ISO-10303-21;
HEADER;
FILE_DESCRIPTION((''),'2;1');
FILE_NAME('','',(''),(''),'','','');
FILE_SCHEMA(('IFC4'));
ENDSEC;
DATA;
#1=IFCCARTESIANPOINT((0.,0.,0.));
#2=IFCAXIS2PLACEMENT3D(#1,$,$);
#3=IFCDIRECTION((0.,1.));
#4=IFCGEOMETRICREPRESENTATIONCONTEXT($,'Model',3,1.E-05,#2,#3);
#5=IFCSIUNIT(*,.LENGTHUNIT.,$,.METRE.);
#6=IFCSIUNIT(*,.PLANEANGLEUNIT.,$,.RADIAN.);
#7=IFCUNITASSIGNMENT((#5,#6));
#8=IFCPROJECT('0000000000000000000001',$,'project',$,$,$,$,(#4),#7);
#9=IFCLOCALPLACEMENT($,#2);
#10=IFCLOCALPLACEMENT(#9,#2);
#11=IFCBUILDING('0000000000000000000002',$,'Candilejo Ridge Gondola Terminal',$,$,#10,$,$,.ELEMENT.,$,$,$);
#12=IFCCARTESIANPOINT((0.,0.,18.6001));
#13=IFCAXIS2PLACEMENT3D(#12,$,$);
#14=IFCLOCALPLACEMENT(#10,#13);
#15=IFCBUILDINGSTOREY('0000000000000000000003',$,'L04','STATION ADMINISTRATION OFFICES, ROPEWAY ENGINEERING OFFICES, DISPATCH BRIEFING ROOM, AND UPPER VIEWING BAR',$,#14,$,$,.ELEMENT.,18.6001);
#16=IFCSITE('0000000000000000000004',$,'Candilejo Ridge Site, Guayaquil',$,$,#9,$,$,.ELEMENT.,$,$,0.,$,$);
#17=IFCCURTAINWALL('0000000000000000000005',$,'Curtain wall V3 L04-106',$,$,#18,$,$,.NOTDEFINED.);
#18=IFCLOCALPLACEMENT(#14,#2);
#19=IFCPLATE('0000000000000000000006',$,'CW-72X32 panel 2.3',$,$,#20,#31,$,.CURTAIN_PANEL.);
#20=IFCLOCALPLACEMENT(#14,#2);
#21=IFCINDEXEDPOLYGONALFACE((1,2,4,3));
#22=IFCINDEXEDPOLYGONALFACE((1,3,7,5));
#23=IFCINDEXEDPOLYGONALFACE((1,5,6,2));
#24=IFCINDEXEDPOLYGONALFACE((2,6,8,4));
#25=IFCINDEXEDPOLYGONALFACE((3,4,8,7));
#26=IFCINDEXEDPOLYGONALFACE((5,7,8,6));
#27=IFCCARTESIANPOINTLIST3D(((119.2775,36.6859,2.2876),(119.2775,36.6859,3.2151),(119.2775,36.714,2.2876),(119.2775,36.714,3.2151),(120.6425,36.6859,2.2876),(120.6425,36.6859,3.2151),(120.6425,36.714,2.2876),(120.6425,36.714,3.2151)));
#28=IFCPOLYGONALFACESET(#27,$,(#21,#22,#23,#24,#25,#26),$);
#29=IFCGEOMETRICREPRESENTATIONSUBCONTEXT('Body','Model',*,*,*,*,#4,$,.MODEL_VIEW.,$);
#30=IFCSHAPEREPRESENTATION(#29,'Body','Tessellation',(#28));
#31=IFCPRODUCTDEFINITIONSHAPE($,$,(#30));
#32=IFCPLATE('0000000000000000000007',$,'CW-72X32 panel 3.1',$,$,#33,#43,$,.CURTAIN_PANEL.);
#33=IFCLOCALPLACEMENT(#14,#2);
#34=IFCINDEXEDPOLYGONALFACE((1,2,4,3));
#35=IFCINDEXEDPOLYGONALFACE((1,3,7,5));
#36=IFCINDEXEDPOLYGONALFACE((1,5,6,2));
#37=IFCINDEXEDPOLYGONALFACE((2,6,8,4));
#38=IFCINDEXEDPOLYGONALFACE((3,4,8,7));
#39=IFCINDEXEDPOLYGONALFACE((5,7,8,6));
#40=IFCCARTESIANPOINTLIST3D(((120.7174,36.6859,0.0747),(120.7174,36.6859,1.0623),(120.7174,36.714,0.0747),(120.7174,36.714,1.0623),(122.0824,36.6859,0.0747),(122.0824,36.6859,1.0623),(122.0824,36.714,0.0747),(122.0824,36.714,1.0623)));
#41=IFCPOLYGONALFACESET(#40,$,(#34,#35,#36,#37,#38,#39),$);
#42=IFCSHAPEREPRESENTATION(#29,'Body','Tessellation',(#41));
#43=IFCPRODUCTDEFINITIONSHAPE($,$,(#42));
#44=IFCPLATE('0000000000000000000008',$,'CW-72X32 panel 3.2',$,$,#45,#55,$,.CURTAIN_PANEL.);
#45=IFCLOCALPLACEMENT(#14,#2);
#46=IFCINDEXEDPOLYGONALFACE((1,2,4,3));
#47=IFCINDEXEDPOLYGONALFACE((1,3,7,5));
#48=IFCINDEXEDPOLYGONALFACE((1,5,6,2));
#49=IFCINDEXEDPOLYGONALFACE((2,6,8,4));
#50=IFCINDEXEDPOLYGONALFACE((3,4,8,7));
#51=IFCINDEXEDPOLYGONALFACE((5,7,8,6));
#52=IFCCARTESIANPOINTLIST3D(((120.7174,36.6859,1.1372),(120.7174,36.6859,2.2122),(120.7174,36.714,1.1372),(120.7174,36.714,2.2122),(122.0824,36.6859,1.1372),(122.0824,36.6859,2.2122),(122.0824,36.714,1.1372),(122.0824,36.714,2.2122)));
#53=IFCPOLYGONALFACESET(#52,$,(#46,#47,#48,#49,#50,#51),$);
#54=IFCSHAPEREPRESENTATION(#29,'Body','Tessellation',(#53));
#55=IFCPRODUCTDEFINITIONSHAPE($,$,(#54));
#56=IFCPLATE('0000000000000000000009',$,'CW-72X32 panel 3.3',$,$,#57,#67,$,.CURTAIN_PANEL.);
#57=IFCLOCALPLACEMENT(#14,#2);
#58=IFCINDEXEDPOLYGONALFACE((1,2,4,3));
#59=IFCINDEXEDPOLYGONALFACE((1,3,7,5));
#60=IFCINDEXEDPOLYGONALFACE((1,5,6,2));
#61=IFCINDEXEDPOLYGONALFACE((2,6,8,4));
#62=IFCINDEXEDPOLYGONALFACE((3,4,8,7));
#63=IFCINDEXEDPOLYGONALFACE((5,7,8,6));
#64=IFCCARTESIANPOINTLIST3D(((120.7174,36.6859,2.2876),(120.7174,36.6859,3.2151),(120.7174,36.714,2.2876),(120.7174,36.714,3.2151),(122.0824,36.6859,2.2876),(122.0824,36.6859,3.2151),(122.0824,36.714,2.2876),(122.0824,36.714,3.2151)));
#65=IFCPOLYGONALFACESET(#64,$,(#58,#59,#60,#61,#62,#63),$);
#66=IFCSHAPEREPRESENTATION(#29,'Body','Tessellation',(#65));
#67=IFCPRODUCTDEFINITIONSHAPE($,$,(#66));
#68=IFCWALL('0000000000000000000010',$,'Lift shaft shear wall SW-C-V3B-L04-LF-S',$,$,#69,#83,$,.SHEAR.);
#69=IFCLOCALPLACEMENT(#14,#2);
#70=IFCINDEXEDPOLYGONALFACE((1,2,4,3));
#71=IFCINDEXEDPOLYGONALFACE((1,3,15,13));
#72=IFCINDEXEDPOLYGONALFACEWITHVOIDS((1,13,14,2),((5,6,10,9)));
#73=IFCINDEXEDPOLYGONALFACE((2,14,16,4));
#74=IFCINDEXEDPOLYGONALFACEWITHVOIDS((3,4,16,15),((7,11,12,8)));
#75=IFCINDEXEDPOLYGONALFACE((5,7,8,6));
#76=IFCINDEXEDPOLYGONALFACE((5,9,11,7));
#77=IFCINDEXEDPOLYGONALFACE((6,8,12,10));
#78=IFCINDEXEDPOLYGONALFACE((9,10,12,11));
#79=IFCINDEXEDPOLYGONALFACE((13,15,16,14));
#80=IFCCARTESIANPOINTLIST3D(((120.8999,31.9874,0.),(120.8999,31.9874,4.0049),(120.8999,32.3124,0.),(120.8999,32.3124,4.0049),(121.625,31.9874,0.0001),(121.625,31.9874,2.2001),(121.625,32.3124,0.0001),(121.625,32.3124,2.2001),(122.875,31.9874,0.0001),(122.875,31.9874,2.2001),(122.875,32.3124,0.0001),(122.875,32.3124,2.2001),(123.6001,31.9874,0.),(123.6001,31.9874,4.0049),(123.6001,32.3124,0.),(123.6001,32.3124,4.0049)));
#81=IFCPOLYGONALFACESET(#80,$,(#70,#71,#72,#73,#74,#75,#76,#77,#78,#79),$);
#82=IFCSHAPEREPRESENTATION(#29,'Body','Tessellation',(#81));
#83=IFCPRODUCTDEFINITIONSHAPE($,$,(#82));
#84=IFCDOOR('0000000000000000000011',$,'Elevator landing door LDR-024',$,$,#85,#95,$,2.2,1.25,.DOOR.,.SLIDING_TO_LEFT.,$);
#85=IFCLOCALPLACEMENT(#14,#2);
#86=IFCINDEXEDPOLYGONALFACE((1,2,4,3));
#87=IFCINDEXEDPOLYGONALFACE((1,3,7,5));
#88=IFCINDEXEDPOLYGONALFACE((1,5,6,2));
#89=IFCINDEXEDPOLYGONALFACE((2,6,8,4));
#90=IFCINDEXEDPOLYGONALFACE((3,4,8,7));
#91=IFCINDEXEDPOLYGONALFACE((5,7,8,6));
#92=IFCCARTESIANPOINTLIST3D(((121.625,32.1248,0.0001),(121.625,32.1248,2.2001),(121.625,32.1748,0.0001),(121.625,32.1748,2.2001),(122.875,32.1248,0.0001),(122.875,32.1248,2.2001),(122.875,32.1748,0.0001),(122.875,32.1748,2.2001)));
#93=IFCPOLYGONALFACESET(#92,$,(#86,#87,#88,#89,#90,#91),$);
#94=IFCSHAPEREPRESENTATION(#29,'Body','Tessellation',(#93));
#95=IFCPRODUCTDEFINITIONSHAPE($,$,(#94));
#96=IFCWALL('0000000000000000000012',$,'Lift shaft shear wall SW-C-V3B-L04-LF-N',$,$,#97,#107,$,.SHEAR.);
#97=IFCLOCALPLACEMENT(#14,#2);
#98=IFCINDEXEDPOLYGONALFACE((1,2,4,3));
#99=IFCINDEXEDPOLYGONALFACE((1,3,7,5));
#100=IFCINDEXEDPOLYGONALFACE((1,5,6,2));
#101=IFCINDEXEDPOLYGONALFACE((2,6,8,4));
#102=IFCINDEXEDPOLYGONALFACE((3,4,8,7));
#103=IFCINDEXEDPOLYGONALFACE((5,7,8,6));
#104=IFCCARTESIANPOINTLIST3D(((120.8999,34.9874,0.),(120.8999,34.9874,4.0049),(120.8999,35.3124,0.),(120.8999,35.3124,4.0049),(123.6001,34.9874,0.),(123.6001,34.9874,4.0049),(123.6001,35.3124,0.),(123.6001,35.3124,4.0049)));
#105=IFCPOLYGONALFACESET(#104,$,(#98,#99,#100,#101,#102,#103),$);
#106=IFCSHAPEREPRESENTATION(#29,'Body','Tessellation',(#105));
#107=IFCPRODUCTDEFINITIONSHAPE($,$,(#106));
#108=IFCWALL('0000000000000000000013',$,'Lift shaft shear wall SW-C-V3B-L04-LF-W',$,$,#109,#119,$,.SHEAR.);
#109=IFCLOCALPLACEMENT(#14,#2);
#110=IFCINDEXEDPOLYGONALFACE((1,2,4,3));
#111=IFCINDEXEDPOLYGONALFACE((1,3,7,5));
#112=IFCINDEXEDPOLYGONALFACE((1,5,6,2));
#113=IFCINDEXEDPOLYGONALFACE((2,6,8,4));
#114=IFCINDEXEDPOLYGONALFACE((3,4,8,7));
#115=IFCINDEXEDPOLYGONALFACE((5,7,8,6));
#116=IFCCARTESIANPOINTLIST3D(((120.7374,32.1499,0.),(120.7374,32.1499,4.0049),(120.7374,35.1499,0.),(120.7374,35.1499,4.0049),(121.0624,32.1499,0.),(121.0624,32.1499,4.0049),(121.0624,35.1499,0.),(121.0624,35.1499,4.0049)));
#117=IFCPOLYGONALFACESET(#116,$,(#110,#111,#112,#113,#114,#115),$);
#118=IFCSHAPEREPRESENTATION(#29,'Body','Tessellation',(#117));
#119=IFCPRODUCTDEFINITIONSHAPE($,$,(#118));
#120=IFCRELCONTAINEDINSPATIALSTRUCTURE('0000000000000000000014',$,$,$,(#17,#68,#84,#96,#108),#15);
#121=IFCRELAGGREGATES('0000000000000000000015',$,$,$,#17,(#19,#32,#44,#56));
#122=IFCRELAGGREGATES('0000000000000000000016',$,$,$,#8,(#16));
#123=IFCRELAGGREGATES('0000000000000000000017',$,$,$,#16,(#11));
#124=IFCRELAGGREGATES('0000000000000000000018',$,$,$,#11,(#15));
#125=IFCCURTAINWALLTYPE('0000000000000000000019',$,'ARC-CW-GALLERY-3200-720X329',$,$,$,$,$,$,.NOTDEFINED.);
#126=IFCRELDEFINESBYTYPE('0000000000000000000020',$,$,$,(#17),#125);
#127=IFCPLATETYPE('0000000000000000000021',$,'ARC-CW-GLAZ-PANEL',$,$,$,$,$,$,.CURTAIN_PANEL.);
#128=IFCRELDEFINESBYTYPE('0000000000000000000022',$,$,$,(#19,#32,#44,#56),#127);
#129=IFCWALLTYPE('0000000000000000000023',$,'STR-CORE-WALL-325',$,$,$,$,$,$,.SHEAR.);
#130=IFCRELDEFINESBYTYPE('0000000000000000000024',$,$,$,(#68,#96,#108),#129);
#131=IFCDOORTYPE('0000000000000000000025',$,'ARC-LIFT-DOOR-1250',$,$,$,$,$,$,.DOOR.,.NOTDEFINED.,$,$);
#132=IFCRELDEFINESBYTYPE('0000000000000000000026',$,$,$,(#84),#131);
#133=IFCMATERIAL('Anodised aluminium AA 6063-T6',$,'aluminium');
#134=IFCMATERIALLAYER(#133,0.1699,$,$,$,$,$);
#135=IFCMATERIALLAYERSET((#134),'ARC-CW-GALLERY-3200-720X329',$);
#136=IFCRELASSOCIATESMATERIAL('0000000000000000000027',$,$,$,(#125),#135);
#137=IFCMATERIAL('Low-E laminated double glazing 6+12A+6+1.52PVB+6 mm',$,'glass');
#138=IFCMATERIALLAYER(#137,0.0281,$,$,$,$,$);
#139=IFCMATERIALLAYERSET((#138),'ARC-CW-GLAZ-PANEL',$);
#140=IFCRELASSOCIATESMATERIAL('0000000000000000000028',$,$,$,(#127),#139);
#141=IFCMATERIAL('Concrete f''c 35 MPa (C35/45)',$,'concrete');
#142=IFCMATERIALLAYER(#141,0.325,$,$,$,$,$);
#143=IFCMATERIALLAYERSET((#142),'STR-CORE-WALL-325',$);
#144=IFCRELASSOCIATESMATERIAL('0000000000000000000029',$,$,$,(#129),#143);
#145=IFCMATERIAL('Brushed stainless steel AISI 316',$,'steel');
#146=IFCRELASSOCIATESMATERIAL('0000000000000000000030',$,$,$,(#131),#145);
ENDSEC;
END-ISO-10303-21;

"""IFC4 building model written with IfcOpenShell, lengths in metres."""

from ifc_helpers import new_model, si_unit, direction, frame, frame_2d, origin, origin_2d, place, context, subcontext, project, spatial, rectangle, extrude, material, layer, layer_set, type_object, element, fill, aggregate, save


model = new_model("IFC4")

# Units and contexts
model_context = context("Model", 3, precision=1e-05, world=origin(), true_north=direction((0.0, 1.0)))
body_context = subcontext(model_context, "Body", "Model", "MODEL_VIEW")
ifc_project = project(units=[si_unit("LENGTHUNIT", "METRE"), si_unit("PLANEANGLEUNIT", "RADIAN")], contexts=[model_context])

# Site, building, storey
site_placement = place(None, origin())
site = spatial("IfcSite", under=ifc_project, at=site_placement, Name="Candilejo Ridge Site, Guayaquil", CompositionType="ELEMENT", RefElevation=0.0)
building_placement = place(site_placement, origin())
building = spatial("IfcBuilding", under=site, at=building_placement, Name="Candilejo Ridge Gondola Terminal", CompositionType="ELEMENT")
storey_placement = place(building_placement, frame((0.0, 0.0, 18.6001)))
storey = spatial("IfcBuildingStorey", under=building, at=storey_placement, Name="L04", Description="STATION ADMINISTRATION OFFICES, ROPEWAY ENGINEERING OFFICES, DISPATCH BRIEFING ROOM, AND UPPER VIEWING BAR", CompositionType="ELEMENT", Elevation=18.6001)

# Curtain wall, plates
ifc_material_1 = material(Name="Anodised aluminium AA 6063-T6", Category="aluminium")
ifc_layer_1 = layer(ifc_material_1, 0.1699)
ifc_layer_set_1 = layer_set([ifc_layer_1], Name="ARC-CW-GALLERY-3200-720X329")
curtain_wall_type = type_object("IfcCurtainWallType", Name="ARC-CW-GALLERY-3200-720X329", PredefinedType="NOTDEFINED", material=ifc_layer_set_1)
curtain_wall_placement = place(storey_placement, origin())
curtain_wall = element("IfcCurtainWall", 1, at=curtain_wall_placement, inside=storey, type_object=curtain_wall_type, Name="Curtain wall V3 L04-106", PredefinedType="NOTDEFINED")
ifc_material_2 = material(Name="Low-E laminated double glazing 6+12A+6+1.52PVB+6 mm", Category="glass")
ifc_layer_2 = layer(ifc_material_2, 0.0281)
ifc_layer_set_2 = layer_set([ifc_layer_2], Name="ARC-CW-GLAZ-PANEL")
plate_type = type_object("IfcPlateType", Name="ARC-CW-GLAZ-PANEL", PredefinedType="CURTAIN_PANEL", material=ifc_layer_set_2)
plate_1_placement = place(storey_placement, frame((119.96, 36.7, 2.2876), z_axis=(0.0, 0.0, 1.0), x_axis=(1.0, 0.0, 0.0)))
plate_1 = element("IfcPlate", 2, at=plate_1_placement, type_object=plate_type, Name="CW-72X32 panel 2.3", PredefinedType="CURTAIN_PANEL", context=body_context, shape_type="SweptSolid", body=[
    extrude(rectangle(XDim=1.365, YDim=0.0281, at=origin_2d()), origin(), (0.0, 0.0, 1.0), 0.9275),
])
plate_2_placement = place(storey_placement, frame((121.3999, 36.7, 0.0747), z_axis=(0.0, 0.0, 1.0), x_axis=(1.0, 0.0, 0.0)))
plate_2 = element("IfcPlate", 3, at=plate_2_placement, type_object=plate_type, Name="CW-72X32 panel 3.1", PredefinedType="CURTAIN_PANEL", context=body_context, shape_type="SweptSolid", body=[
    extrude(rectangle(XDim=1.365, YDim=0.0281, at=origin_2d()), origin(), (0.0, 0.0, 1.0), 0.9875),
])
plate_3_placement = place(storey_placement, frame((121.3999, 36.7, 1.1372), z_axis=(0.0, 0.0, 1.0), x_axis=(1.0, 0.0, 0.0)))
plate_3 = element("IfcPlate", 4, at=plate_3_placement, type_object=plate_type, Name="CW-72X32 panel 3.2", PredefinedType="CURTAIN_PANEL", context=body_context, shape_type="SweptSolid", body=[
    extrude(rectangle(XDim=1.365, YDim=0.0281, at=origin_2d()), origin(), (0.0, 0.0, 1.0), 1.075),
])
plate_4_placement = place(storey_placement, frame((121.3999, 36.7, 2.2876), z_axis=(0.0, 0.0, 1.0), x_axis=(1.0, 0.0, 0.0)))
plate_4 = element("IfcPlate", 5, at=plate_4_placement, type_object=plate_type, Name="CW-72X32 panel 3.3", PredefinedType="CURTAIN_PANEL", context=body_context, shape_type="SweptSolid", body=[
    extrude(rectangle(XDim=1.365, YDim=0.0281, at=origin_2d()), origin(), (0.0, 0.0, 1.0), 0.9275),
])
aggregate(curtain_wall, [plate_1, plate_2, plate_3, plate_4])

# Wall, opening, door
ifc_material_3 = material(Name="Concrete f'c 35 MPa (C35/45)", Category="concrete")
ifc_layer_3 = layer(ifc_material_3, 0.325)
ifc_layer_set_3 = layer_set([ifc_layer_3], Name="STR-CORE-WALL-325")
wall_type = type_object("IfcWallType", Name="STR-CORE-WALL-325", PredefinedType="SHEAR", material=ifc_layer_set_3)
wall_1_placement = place(storey_placement, frame((120.8999, 32.1499, 0.0), z_axis=(0.0, 0.0, 1.0), x_axis=(1.0, 0.0, 0.0)))
wall_1 = element("IfcWall", 6, at=wall_1_placement, inside=storey, type_object=wall_type, Name="Lift shaft shear wall SW-C-V3B-L04-LF-S", PredefinedType="SHEAR", context=body_context, shape_type="SweptSolid", body=[
    extrude(rectangle(XDim=2.7002, YDim=0.325, at=frame_2d((1.3501, 0.0))), origin(), (0.0, 0.0, 1.0), 4.0049),
])
opening_placement = place(wall_1_placement, frame((0.7251, 0.0, 0.0)))
opening = element("IfcOpeningElement", 7, at=opening_placement, cuts=wall_1, PredefinedType="OPENING", context=body_context, shape_type="SweptSolid", body=[
    extrude(rectangle(XDim=1.25, YDim=2.2, at=frame_2d((0.625, 1.1001))), frame((0.0, 0.1724, 0.0), z_axis=(0.0, -1.0, 0.0), x_axis=(1.0, 0.0, 0.0)), (0.0, 0.0, 1.0), 0.345),
])
ifc_material_4 = material(Name="Brushed stainless steel AISI 316", Category="steel")
door_type = type_object("IfcDoorType", Name="ARC-LIFT-DOOR-1250", OperationType="NOTDEFINED", PredefinedType="DOOR", material=ifc_material_4)
door_placement = place(opening_placement, origin())
door = element("IfcDoor", 8, at=door_placement, inside=storey, type_object=door_type, Name="Elevator landing door LDR-024", OperationType="SLIDING_TO_LEFT", OverallHeight=2.2, OverallWidth=1.25, PredefinedType="DOOR", context=body_context, shape_type="SweptSolid", body=[
    extrude(rectangle(XDim=1.25, YDim=2.2, at=frame_2d((0.625, 1.1001))), frame((0.0, 0.0249, 0.0), z_axis=(0.0, -1.0, 0.0), x_axis=(1.0, 0.0, 0.0)), (0.0, 0.0, 1.0), 0.05),
])
fill(opening, door)

# Walls
wall_2_placement = place(storey_placement, frame((120.8999, 35.1499, 0.0), z_axis=(0.0, 0.0, 1.0), x_axis=(1.0, 0.0, 0.0)))
element("IfcWall", 9, at=wall_2_placement, inside=storey, type_object=wall_type, Name="Lift shaft shear wall SW-C-V3B-L04-LF-N", PredefinedType="SHEAR", context=body_context, shape_type="SweptSolid", body=[
    extrude(rectangle(XDim=2.7002, YDim=0.325, at=frame_2d((1.3501, 0.0))), origin(), (0.0, 0.0, 1.0), 4.0049),
])
wall_3_placement = place(storey_placement, frame((120.8999, 32.1499, 0.0), z_axis=(0.0, 0.0, 1.0), x_axis=(0.0, 1.0, 0.0)))
element("IfcWall", 10, at=wall_3_placement, inside=storey, type_object=wall_type, Name="Lift shaft shear wall SW-C-V3B-L04-LF-W", PredefinedType="SHEAR", context=body_context, shape_type="SweptSolid", body=[
    extrude(rectangle(XDim=3.0, YDim=0.325, at=frame_2d((1.5, 0.0))), origin(), (0.0, 0.0, 1.0), 4.0049),
])

save(model, "model.ifc")
